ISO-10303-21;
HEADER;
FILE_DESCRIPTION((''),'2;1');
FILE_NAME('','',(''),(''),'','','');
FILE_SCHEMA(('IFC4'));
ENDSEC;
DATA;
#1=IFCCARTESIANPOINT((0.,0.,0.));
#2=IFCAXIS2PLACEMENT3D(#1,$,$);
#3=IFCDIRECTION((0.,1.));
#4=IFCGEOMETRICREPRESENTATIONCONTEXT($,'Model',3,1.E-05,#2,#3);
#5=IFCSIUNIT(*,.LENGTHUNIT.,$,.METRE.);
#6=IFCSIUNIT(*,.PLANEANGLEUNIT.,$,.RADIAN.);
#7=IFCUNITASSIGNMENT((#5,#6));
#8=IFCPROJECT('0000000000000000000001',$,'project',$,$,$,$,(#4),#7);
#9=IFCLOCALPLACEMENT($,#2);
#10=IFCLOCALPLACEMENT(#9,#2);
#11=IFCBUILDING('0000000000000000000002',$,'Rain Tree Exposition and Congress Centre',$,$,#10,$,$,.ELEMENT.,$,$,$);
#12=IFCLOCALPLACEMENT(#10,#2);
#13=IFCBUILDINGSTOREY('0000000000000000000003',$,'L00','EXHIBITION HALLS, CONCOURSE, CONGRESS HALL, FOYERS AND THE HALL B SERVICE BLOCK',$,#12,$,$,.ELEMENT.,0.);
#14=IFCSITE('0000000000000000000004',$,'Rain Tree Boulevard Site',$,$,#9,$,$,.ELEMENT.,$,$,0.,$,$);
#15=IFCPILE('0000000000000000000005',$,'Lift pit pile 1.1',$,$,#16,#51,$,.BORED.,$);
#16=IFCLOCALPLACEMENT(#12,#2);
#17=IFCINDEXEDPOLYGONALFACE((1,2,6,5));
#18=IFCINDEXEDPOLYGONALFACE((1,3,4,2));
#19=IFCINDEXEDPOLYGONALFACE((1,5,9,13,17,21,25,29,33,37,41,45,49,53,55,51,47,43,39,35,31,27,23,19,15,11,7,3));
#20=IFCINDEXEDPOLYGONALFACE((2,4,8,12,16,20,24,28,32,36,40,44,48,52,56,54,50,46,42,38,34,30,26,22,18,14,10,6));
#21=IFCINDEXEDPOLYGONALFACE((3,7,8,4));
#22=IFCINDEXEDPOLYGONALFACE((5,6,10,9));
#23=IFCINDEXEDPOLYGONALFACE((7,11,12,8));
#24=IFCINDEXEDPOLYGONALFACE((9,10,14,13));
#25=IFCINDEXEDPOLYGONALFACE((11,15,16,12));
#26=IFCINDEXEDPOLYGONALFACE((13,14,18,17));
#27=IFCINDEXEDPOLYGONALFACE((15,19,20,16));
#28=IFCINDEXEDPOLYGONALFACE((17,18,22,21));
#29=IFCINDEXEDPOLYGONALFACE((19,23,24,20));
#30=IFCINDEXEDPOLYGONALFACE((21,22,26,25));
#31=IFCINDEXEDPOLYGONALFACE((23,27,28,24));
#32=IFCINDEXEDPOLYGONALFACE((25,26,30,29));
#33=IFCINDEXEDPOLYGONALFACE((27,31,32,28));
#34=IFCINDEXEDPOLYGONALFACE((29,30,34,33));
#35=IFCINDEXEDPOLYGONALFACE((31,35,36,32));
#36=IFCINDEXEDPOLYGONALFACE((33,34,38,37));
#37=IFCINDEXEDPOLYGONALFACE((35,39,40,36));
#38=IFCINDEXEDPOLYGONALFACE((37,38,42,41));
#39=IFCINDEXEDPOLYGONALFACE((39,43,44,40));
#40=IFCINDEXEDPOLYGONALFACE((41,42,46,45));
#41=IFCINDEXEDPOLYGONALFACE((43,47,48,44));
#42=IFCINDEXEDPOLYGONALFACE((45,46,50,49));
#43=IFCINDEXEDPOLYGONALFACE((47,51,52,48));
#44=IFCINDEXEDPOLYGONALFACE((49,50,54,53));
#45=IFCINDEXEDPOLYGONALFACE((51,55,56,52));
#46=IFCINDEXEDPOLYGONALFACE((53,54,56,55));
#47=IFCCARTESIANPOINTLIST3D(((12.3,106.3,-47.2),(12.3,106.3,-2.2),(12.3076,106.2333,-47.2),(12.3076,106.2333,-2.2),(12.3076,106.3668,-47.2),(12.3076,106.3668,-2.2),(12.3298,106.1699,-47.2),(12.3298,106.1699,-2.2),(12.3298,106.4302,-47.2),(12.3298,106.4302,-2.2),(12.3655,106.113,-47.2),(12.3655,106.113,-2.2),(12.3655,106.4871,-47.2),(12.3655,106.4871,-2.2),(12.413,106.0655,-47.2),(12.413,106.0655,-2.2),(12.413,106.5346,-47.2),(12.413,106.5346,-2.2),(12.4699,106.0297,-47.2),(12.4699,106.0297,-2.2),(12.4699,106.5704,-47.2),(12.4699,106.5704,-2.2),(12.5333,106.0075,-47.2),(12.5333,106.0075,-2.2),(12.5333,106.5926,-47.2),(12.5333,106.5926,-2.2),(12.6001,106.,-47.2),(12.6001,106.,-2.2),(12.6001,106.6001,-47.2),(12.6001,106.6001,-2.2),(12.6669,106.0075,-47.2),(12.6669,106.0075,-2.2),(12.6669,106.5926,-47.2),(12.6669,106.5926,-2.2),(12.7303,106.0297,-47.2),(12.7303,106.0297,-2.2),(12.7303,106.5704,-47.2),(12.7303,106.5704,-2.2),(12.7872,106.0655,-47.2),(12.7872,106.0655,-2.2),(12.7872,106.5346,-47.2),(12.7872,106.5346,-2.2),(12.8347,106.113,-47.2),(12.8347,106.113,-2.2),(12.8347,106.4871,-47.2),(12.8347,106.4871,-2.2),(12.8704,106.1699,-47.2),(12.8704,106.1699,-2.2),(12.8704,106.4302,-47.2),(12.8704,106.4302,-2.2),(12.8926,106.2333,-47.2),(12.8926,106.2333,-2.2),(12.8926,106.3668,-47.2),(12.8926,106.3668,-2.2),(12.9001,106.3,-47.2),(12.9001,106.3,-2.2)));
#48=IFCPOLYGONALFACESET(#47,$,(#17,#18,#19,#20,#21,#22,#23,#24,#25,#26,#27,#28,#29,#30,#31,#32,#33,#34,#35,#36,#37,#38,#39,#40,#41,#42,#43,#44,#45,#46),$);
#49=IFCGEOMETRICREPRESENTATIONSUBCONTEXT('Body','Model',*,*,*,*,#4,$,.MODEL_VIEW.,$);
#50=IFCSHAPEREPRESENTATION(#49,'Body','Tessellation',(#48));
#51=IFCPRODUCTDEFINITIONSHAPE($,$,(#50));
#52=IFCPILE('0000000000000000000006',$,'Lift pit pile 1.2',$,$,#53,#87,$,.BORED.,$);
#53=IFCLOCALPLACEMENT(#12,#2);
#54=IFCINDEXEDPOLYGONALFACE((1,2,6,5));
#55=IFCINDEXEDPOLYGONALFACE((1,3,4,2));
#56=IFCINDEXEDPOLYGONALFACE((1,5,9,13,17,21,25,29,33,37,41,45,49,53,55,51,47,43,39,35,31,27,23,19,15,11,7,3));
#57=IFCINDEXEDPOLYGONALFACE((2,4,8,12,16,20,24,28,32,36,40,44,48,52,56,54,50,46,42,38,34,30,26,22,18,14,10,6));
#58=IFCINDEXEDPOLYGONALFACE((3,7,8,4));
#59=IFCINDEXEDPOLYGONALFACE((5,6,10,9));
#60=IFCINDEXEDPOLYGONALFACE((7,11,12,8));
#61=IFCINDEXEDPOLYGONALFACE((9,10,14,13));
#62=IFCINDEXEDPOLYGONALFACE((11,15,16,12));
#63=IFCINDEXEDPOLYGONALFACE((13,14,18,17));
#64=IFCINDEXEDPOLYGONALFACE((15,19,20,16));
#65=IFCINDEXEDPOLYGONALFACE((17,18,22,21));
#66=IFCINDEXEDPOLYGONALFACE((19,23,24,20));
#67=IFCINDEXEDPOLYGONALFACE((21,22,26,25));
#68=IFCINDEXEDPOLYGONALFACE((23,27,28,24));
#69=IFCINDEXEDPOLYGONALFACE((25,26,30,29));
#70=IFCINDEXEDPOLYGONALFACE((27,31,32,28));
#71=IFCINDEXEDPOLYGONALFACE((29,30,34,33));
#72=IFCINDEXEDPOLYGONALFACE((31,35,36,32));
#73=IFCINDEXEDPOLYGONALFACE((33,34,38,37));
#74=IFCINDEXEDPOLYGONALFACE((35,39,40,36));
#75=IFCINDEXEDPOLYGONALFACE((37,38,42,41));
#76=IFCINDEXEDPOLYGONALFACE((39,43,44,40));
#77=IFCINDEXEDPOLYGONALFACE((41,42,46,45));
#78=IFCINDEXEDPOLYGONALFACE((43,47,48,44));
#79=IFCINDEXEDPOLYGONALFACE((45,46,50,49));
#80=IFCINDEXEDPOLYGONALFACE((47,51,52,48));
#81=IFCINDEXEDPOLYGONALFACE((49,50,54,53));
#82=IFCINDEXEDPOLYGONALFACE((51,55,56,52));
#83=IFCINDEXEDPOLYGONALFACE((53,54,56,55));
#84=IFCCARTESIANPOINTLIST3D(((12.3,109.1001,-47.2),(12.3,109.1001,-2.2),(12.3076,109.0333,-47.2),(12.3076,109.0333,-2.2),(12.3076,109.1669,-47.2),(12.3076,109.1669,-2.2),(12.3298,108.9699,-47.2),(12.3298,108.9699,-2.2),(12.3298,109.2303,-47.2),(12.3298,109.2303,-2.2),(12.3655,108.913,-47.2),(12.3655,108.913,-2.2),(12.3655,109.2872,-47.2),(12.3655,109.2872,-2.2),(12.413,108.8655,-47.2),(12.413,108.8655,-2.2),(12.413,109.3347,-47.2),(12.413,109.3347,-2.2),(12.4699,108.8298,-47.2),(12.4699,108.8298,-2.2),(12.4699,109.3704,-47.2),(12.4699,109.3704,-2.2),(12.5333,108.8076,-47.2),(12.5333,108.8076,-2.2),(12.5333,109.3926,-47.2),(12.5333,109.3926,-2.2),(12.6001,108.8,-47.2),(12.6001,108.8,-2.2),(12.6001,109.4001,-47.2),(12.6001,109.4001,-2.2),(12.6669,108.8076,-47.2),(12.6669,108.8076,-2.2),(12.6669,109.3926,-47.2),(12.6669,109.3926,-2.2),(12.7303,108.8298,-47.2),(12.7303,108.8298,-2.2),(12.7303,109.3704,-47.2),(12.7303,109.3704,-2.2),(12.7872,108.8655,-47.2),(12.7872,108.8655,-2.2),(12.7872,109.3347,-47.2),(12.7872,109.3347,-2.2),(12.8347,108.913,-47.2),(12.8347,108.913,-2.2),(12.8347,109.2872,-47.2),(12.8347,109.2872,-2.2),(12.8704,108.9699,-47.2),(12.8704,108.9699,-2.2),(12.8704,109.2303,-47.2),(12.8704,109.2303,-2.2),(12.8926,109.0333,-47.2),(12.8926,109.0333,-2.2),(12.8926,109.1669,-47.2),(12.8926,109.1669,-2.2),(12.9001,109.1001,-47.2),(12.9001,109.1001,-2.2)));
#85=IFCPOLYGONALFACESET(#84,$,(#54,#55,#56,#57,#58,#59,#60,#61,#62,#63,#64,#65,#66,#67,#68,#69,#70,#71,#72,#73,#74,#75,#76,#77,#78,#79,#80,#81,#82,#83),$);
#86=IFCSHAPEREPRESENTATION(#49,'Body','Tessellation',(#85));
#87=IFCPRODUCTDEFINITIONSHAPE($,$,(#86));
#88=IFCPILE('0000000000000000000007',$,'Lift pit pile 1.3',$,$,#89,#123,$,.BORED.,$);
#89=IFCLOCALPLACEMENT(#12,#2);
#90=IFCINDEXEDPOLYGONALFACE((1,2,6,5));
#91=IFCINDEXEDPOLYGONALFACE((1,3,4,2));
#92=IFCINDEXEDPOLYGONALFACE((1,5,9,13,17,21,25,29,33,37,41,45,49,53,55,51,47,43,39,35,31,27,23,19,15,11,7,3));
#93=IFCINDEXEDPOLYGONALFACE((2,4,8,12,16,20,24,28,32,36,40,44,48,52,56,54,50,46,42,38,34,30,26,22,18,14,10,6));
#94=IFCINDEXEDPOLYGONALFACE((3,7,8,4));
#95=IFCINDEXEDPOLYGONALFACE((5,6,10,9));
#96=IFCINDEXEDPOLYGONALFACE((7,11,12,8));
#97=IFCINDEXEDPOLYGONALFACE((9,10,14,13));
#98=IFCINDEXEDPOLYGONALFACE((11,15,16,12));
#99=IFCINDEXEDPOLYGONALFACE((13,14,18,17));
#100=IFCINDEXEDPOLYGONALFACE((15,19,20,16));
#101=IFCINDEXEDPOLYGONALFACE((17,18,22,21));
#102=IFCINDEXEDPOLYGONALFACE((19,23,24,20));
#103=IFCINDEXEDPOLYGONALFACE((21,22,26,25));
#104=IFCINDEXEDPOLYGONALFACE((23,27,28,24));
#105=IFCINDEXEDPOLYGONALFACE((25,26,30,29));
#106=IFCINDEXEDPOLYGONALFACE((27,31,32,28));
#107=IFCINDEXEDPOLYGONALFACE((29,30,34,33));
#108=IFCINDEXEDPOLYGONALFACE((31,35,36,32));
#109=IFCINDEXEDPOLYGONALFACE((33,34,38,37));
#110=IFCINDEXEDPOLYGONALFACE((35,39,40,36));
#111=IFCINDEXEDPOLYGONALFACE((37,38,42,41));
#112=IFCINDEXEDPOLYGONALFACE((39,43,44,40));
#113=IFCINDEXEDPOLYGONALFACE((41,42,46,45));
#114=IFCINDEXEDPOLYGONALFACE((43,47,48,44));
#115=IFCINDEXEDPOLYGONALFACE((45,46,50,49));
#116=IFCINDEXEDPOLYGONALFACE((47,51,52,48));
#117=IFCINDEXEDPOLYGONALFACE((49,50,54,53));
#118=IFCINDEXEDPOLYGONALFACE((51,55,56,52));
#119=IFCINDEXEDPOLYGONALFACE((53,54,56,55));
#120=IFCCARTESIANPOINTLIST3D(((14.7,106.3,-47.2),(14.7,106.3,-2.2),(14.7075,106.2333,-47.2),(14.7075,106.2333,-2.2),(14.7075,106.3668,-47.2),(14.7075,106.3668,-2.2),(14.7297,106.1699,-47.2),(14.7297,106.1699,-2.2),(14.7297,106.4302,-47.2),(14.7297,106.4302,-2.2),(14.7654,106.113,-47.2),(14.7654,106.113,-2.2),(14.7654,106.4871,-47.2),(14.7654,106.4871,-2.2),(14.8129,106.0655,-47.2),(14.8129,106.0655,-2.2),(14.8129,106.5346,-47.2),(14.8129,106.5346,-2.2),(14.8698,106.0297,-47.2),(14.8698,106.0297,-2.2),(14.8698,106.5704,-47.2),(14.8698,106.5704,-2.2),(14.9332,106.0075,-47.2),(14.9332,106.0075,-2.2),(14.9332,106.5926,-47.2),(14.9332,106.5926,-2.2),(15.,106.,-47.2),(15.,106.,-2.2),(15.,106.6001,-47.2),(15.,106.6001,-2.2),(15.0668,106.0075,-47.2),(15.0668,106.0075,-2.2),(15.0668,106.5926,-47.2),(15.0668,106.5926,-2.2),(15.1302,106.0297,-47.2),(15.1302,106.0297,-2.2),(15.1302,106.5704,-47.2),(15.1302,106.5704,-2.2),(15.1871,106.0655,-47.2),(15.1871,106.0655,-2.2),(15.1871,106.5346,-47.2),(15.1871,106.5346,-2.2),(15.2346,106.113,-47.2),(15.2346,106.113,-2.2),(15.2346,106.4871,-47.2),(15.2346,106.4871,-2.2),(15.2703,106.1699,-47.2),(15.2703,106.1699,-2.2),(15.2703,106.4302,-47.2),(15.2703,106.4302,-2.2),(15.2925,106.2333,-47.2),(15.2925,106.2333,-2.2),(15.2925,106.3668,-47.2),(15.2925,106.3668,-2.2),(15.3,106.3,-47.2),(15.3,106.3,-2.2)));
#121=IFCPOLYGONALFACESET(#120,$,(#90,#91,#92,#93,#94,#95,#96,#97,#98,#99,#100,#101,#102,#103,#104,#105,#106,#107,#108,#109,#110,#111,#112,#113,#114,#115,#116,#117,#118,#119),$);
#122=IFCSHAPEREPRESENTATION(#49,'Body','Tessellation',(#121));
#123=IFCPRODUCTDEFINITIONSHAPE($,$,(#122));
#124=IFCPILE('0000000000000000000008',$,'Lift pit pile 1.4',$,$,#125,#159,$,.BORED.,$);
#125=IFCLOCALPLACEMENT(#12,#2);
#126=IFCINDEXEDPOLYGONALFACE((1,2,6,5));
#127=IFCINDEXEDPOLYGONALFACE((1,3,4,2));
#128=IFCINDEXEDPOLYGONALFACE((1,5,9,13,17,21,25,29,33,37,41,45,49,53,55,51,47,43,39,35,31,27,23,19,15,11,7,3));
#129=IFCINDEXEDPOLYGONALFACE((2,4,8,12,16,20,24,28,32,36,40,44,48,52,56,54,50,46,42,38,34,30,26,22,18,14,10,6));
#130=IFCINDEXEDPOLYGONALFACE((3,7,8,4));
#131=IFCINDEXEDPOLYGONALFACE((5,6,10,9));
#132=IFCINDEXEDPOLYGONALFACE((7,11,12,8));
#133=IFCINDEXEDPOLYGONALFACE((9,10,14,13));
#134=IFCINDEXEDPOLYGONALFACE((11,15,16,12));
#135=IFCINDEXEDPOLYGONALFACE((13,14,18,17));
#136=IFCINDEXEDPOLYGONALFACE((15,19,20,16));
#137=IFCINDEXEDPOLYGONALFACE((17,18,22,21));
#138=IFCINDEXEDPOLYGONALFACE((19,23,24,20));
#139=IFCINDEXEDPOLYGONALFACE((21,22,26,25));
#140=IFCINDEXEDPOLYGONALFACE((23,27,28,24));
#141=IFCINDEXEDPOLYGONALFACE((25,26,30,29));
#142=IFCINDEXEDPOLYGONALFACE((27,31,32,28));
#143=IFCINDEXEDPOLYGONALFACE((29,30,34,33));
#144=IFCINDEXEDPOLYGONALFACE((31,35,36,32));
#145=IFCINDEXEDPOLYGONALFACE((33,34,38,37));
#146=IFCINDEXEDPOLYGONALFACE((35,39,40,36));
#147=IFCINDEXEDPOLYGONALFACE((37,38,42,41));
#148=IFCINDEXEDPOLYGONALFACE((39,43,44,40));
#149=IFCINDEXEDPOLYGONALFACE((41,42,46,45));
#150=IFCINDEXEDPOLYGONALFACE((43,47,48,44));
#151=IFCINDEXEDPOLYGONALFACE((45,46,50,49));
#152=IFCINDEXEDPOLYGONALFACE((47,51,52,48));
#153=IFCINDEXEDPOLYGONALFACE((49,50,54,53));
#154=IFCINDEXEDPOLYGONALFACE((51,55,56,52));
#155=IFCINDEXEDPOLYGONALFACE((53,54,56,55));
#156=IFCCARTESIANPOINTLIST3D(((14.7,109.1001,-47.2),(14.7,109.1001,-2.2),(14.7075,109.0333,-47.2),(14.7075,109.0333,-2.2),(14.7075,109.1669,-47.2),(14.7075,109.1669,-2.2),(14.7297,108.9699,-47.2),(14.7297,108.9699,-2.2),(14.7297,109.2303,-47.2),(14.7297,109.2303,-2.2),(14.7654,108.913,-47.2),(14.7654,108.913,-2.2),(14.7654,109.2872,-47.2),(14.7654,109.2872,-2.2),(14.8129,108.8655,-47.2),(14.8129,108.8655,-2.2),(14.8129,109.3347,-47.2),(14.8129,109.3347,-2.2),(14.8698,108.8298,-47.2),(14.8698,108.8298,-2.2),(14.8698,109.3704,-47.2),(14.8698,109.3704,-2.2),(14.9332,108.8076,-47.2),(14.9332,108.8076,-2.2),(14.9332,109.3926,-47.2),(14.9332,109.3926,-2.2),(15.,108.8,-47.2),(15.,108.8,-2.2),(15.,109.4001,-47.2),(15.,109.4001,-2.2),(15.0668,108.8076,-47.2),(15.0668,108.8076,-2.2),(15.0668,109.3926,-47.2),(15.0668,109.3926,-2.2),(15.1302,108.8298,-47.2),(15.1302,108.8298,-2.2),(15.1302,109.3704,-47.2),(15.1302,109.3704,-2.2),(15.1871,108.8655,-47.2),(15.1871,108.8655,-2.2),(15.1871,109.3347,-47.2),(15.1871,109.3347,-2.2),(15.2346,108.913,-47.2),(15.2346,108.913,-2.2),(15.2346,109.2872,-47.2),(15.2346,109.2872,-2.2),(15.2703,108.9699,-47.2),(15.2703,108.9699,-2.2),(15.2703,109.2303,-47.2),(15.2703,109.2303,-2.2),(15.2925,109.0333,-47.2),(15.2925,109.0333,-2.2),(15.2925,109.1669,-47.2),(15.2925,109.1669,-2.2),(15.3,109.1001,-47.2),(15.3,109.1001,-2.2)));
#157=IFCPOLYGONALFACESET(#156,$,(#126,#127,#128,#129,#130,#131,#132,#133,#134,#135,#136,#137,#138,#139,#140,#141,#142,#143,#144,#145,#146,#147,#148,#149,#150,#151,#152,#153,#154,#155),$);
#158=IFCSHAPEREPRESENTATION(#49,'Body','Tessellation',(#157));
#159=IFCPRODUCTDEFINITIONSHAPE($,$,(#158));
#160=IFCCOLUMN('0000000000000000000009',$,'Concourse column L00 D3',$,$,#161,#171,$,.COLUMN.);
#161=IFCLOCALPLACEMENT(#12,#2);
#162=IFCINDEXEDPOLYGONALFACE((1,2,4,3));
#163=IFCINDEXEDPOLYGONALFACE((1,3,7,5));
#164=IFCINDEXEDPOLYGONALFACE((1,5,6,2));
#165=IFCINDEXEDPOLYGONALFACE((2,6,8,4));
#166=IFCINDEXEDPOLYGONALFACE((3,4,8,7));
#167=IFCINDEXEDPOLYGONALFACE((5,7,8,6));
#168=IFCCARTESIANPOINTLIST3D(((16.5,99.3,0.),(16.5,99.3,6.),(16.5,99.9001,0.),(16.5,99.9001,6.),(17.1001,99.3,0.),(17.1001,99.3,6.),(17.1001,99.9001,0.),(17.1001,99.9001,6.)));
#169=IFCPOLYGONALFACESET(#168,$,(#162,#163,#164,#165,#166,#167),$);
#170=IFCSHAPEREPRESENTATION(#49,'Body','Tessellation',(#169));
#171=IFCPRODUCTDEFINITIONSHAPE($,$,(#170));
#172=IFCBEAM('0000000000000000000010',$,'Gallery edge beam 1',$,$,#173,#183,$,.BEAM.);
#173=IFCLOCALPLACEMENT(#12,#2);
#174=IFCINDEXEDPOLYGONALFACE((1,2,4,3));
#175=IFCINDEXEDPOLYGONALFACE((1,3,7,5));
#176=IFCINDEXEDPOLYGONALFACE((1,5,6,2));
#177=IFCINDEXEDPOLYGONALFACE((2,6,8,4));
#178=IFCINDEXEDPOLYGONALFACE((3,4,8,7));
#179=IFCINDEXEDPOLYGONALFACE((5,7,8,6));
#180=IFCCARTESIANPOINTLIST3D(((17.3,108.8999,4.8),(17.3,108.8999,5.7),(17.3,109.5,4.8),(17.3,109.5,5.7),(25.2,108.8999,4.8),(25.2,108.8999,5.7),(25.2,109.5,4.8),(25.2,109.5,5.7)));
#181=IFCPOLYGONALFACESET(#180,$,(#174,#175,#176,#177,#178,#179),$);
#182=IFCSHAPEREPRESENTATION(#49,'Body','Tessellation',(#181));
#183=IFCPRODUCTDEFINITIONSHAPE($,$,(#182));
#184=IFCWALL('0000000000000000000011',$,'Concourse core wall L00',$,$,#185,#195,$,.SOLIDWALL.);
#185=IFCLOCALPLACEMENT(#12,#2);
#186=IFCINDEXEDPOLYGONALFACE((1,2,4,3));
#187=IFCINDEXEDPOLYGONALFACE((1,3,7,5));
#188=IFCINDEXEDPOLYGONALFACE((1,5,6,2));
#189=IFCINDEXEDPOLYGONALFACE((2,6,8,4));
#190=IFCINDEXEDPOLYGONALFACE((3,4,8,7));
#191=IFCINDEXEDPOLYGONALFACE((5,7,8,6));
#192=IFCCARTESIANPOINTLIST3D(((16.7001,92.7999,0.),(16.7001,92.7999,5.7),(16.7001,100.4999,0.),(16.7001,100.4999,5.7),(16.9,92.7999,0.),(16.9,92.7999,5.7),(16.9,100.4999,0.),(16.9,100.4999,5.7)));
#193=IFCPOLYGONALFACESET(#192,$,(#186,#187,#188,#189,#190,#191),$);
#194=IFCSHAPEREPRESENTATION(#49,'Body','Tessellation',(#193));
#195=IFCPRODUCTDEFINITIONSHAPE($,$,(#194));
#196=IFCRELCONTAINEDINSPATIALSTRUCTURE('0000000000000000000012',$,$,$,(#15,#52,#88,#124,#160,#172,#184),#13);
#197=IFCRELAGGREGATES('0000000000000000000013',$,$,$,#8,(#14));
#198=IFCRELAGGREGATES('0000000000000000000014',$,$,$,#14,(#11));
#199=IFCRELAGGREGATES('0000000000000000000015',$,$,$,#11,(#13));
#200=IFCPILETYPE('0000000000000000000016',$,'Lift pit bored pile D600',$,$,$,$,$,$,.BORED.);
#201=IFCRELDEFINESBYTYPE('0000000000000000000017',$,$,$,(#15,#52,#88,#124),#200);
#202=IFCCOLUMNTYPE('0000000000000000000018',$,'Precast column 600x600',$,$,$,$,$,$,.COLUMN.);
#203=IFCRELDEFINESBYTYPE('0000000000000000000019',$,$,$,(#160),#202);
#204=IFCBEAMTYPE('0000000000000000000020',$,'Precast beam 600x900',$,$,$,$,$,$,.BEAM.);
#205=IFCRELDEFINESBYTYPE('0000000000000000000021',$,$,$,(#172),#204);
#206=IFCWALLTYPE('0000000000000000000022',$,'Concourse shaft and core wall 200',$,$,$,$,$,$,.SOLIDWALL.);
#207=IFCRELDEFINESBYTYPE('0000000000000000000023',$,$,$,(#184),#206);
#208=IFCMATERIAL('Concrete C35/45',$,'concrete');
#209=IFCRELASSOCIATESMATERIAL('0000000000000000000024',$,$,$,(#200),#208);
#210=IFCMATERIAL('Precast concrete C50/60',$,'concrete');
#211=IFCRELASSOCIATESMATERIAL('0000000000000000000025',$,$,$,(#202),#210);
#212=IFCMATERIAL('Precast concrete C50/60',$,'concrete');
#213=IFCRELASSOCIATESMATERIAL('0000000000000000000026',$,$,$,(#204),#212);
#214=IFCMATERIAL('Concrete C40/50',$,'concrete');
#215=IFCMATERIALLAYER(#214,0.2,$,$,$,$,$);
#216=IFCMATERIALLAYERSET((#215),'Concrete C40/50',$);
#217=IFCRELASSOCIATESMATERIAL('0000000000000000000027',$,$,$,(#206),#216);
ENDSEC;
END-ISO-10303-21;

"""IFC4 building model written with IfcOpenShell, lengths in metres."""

from ifc_helpers import new_model, si_unit, direction, frame, frame_2d, origin, origin_2d, place, context, subcontext, project, spatial, rectangle, circle, extrude, material, layer, layer_set, material_profile, profile_set, type_object, element, save


model = new_model("IFC4")

# Units and contexts
model_context = context("Model", 3, precision=1e-05, world=origin(), true_north=direction((0.0, 1.0)))
body_context = subcontext(model_context, "Body", "Model", "MODEL_VIEW")
ifc_project = project(units=[si_unit("LENGTHUNIT", "METRE"), si_unit("PLANEANGLEUNIT", "RADIAN")], contexts=[model_context])

# Site, building, storey
site_placement = place(None, origin())
site = spatial("IfcSite", under=ifc_project, at=site_placement, Name="Rain Tree Boulevard Site", CompositionType="ELEMENT", RefElevation=0.0)
building_placement = place(site_placement, origin())
building = spatial("IfcBuilding", under=site, at=building_placement, Name="Rain Tree Exposition and Congress Centre", CompositionType="ELEMENT")
storey_placement = place(building_placement, origin())
storey = spatial("IfcBuildingStorey", under=building, at=storey_placement, Name="L00", Description="EXHIBITION HALLS, CONCOURSE, CONGRESS HALL, FOYERS AND THE HALL B SERVICE BLOCK", CompositionType="ELEMENT", Elevation=0.0)

# Piles
ifc_material_1 = material(Name="Concrete C35/45", Category="concrete")
ifc_material_profile_1 = material_profile(ifc_material_1, circle(Radius=0.3, at=origin_2d()), Name="D600")
ifc_profile_set_1 = profile_set([ifc_material_profile_1], Name="Concrete C35/45")
pile_type = type_object("IfcPileType", Name="Lift pit bored pile D600", PredefinedType="BORED", material=ifc_profile_set_1)
for number, where, z_axis, x_axis, name in (
    (1, (12.6001, 106.3, -2.2), (0.0, 0.0, -1.0), (1.0, 0.0, 0.0), "Lift pit pile 1.1"),
    (2, (12.6001, 109.1001, -2.2), (0.0, 0.0, -1.0), (1.0, 0.0, 0.0), "Lift pit pile 1.2"),
    (3, (15.0, 106.3, -2.2), (0.0, 0.0, -1.0), (1.0, 0.0, 0.0), "Lift pit pile 1.3"),
    (4, (15.0, 109.1001, -2.2), (0.0, 0.0, -1.0), (1.0, 0.0, 0.0), "Lift pit pile 1.4"),
):
    element("IfcPile", number, at=place(storey_placement, frame(where, z_axis=z_axis, x_axis=x_axis)), inside=storey, type_object=pile_type, Name=name, PredefinedType="BORED", context=body_context, shape_type="SweptSolid", body=[
        extrude(circle(Radius=0.3, at=origin_2d()), origin(), (0.0, 0.0, 1.0), 45.0),
    ])

# Column
ifc_material_2 = material(Name="Precast concrete C50/60", Category="concrete")
ifc_material_profile_2 = material_profile(ifc_material_2, rectangle(XDim=0.6001, YDim=0.6001, at=origin_2d()), Name="RC 600x600")
ifc_profile_set_2 = profile_set([ifc_material_profile_2], Name="Precast concrete C50/60")
column_type = type_object("IfcColumnType", Name="Precast column 600x600", PredefinedType="COLUMN", material=ifc_profile_set_2)
column_placement = place(storey_placement, frame((16.8, 99.6001, 0.0), z_axis=(0.0, 0.0, 1.0), x_axis=(1.0, 0.0, 0.0)))
element("IfcColumn", 5, at=column_placement, inside=storey, type_object=column_type, Name="Concourse column L00 D3", PredefinedType="COLUMN", context=body_context, shape_type="SweptSolid", body=[
    extrude(rectangle(XDim=0.6001, YDim=0.6001, at=origin_2d()), origin(), (0.0, 0.0, 1.0), 6.0),
])

# Beam
ifc_material_3 = material(Name="Precast concrete C50/60", Category="concrete")
ifc_material_profile_3 = material_profile(ifc_material_3, rectangle(XDim=0.6001, YDim=0.8999, at=origin_2d()), Name="RC 600x900")
ifc_profile_set_3 = profile_set([ifc_material_profile_3], Name="Precast concrete C50/60")
beam_type = type_object("IfcBeamType", Name="Precast beam 600x900", PredefinedType="BEAM", material=ifc_profile_set_3)
beam_placement = place(storey_placement, frame((17.3, 109.2, 5.25), z_axis=(1.0, 0.0, 0.0), x_axis=(0.0, 1.0, 0.0)))
element("IfcBeam", 6, at=beam_placement, inside=storey, type_object=beam_type, Name="Gallery edge beam 1", PredefinedType="BEAM", context=body_context, shape_type="SweptSolid", body=[
    extrude(rectangle(XDim=0.6001, YDim=0.8999, at=origin_2d()), origin(), (0.0, 0.0, 1.0), 7.8999),
])

# Wall
ifc_material_4 = material(Name="Concrete C40/50", Category="concrete")
ifc_layer_1 = layer(ifc_material_4, 0.2)
ifc_layer_set_1 = layer_set([ifc_layer_1], Name="Concrete C40/50")
wall_type_1 = type_object("IfcWallType", Name="Concourse shaft and core wall 200", PredefinedType="SOLIDWALL", material=ifc_layer_set_1)
wall_1_placement = place(storey_placement, frame((16.8, 100.5, 0.0), z_axis=(0.0, 0.0, 1.0), x_axis=(0.0, -1.0, 0.0)))
element("IfcWall", 7, at=wall_1_placement, inside=storey, type_object=wall_type_1, Name="Concourse core wall L00", PredefinedType="SOLIDWALL", context=body_context, shape_type="SweptSolid", body=[
    extrude(rectangle(XDim=7.7, YDim=0.2, at=frame_2d((3.8501, 0.0))), origin(), (0.0, 0.0, 1.0), 5.7),
])

save(model, "model.ifc")
